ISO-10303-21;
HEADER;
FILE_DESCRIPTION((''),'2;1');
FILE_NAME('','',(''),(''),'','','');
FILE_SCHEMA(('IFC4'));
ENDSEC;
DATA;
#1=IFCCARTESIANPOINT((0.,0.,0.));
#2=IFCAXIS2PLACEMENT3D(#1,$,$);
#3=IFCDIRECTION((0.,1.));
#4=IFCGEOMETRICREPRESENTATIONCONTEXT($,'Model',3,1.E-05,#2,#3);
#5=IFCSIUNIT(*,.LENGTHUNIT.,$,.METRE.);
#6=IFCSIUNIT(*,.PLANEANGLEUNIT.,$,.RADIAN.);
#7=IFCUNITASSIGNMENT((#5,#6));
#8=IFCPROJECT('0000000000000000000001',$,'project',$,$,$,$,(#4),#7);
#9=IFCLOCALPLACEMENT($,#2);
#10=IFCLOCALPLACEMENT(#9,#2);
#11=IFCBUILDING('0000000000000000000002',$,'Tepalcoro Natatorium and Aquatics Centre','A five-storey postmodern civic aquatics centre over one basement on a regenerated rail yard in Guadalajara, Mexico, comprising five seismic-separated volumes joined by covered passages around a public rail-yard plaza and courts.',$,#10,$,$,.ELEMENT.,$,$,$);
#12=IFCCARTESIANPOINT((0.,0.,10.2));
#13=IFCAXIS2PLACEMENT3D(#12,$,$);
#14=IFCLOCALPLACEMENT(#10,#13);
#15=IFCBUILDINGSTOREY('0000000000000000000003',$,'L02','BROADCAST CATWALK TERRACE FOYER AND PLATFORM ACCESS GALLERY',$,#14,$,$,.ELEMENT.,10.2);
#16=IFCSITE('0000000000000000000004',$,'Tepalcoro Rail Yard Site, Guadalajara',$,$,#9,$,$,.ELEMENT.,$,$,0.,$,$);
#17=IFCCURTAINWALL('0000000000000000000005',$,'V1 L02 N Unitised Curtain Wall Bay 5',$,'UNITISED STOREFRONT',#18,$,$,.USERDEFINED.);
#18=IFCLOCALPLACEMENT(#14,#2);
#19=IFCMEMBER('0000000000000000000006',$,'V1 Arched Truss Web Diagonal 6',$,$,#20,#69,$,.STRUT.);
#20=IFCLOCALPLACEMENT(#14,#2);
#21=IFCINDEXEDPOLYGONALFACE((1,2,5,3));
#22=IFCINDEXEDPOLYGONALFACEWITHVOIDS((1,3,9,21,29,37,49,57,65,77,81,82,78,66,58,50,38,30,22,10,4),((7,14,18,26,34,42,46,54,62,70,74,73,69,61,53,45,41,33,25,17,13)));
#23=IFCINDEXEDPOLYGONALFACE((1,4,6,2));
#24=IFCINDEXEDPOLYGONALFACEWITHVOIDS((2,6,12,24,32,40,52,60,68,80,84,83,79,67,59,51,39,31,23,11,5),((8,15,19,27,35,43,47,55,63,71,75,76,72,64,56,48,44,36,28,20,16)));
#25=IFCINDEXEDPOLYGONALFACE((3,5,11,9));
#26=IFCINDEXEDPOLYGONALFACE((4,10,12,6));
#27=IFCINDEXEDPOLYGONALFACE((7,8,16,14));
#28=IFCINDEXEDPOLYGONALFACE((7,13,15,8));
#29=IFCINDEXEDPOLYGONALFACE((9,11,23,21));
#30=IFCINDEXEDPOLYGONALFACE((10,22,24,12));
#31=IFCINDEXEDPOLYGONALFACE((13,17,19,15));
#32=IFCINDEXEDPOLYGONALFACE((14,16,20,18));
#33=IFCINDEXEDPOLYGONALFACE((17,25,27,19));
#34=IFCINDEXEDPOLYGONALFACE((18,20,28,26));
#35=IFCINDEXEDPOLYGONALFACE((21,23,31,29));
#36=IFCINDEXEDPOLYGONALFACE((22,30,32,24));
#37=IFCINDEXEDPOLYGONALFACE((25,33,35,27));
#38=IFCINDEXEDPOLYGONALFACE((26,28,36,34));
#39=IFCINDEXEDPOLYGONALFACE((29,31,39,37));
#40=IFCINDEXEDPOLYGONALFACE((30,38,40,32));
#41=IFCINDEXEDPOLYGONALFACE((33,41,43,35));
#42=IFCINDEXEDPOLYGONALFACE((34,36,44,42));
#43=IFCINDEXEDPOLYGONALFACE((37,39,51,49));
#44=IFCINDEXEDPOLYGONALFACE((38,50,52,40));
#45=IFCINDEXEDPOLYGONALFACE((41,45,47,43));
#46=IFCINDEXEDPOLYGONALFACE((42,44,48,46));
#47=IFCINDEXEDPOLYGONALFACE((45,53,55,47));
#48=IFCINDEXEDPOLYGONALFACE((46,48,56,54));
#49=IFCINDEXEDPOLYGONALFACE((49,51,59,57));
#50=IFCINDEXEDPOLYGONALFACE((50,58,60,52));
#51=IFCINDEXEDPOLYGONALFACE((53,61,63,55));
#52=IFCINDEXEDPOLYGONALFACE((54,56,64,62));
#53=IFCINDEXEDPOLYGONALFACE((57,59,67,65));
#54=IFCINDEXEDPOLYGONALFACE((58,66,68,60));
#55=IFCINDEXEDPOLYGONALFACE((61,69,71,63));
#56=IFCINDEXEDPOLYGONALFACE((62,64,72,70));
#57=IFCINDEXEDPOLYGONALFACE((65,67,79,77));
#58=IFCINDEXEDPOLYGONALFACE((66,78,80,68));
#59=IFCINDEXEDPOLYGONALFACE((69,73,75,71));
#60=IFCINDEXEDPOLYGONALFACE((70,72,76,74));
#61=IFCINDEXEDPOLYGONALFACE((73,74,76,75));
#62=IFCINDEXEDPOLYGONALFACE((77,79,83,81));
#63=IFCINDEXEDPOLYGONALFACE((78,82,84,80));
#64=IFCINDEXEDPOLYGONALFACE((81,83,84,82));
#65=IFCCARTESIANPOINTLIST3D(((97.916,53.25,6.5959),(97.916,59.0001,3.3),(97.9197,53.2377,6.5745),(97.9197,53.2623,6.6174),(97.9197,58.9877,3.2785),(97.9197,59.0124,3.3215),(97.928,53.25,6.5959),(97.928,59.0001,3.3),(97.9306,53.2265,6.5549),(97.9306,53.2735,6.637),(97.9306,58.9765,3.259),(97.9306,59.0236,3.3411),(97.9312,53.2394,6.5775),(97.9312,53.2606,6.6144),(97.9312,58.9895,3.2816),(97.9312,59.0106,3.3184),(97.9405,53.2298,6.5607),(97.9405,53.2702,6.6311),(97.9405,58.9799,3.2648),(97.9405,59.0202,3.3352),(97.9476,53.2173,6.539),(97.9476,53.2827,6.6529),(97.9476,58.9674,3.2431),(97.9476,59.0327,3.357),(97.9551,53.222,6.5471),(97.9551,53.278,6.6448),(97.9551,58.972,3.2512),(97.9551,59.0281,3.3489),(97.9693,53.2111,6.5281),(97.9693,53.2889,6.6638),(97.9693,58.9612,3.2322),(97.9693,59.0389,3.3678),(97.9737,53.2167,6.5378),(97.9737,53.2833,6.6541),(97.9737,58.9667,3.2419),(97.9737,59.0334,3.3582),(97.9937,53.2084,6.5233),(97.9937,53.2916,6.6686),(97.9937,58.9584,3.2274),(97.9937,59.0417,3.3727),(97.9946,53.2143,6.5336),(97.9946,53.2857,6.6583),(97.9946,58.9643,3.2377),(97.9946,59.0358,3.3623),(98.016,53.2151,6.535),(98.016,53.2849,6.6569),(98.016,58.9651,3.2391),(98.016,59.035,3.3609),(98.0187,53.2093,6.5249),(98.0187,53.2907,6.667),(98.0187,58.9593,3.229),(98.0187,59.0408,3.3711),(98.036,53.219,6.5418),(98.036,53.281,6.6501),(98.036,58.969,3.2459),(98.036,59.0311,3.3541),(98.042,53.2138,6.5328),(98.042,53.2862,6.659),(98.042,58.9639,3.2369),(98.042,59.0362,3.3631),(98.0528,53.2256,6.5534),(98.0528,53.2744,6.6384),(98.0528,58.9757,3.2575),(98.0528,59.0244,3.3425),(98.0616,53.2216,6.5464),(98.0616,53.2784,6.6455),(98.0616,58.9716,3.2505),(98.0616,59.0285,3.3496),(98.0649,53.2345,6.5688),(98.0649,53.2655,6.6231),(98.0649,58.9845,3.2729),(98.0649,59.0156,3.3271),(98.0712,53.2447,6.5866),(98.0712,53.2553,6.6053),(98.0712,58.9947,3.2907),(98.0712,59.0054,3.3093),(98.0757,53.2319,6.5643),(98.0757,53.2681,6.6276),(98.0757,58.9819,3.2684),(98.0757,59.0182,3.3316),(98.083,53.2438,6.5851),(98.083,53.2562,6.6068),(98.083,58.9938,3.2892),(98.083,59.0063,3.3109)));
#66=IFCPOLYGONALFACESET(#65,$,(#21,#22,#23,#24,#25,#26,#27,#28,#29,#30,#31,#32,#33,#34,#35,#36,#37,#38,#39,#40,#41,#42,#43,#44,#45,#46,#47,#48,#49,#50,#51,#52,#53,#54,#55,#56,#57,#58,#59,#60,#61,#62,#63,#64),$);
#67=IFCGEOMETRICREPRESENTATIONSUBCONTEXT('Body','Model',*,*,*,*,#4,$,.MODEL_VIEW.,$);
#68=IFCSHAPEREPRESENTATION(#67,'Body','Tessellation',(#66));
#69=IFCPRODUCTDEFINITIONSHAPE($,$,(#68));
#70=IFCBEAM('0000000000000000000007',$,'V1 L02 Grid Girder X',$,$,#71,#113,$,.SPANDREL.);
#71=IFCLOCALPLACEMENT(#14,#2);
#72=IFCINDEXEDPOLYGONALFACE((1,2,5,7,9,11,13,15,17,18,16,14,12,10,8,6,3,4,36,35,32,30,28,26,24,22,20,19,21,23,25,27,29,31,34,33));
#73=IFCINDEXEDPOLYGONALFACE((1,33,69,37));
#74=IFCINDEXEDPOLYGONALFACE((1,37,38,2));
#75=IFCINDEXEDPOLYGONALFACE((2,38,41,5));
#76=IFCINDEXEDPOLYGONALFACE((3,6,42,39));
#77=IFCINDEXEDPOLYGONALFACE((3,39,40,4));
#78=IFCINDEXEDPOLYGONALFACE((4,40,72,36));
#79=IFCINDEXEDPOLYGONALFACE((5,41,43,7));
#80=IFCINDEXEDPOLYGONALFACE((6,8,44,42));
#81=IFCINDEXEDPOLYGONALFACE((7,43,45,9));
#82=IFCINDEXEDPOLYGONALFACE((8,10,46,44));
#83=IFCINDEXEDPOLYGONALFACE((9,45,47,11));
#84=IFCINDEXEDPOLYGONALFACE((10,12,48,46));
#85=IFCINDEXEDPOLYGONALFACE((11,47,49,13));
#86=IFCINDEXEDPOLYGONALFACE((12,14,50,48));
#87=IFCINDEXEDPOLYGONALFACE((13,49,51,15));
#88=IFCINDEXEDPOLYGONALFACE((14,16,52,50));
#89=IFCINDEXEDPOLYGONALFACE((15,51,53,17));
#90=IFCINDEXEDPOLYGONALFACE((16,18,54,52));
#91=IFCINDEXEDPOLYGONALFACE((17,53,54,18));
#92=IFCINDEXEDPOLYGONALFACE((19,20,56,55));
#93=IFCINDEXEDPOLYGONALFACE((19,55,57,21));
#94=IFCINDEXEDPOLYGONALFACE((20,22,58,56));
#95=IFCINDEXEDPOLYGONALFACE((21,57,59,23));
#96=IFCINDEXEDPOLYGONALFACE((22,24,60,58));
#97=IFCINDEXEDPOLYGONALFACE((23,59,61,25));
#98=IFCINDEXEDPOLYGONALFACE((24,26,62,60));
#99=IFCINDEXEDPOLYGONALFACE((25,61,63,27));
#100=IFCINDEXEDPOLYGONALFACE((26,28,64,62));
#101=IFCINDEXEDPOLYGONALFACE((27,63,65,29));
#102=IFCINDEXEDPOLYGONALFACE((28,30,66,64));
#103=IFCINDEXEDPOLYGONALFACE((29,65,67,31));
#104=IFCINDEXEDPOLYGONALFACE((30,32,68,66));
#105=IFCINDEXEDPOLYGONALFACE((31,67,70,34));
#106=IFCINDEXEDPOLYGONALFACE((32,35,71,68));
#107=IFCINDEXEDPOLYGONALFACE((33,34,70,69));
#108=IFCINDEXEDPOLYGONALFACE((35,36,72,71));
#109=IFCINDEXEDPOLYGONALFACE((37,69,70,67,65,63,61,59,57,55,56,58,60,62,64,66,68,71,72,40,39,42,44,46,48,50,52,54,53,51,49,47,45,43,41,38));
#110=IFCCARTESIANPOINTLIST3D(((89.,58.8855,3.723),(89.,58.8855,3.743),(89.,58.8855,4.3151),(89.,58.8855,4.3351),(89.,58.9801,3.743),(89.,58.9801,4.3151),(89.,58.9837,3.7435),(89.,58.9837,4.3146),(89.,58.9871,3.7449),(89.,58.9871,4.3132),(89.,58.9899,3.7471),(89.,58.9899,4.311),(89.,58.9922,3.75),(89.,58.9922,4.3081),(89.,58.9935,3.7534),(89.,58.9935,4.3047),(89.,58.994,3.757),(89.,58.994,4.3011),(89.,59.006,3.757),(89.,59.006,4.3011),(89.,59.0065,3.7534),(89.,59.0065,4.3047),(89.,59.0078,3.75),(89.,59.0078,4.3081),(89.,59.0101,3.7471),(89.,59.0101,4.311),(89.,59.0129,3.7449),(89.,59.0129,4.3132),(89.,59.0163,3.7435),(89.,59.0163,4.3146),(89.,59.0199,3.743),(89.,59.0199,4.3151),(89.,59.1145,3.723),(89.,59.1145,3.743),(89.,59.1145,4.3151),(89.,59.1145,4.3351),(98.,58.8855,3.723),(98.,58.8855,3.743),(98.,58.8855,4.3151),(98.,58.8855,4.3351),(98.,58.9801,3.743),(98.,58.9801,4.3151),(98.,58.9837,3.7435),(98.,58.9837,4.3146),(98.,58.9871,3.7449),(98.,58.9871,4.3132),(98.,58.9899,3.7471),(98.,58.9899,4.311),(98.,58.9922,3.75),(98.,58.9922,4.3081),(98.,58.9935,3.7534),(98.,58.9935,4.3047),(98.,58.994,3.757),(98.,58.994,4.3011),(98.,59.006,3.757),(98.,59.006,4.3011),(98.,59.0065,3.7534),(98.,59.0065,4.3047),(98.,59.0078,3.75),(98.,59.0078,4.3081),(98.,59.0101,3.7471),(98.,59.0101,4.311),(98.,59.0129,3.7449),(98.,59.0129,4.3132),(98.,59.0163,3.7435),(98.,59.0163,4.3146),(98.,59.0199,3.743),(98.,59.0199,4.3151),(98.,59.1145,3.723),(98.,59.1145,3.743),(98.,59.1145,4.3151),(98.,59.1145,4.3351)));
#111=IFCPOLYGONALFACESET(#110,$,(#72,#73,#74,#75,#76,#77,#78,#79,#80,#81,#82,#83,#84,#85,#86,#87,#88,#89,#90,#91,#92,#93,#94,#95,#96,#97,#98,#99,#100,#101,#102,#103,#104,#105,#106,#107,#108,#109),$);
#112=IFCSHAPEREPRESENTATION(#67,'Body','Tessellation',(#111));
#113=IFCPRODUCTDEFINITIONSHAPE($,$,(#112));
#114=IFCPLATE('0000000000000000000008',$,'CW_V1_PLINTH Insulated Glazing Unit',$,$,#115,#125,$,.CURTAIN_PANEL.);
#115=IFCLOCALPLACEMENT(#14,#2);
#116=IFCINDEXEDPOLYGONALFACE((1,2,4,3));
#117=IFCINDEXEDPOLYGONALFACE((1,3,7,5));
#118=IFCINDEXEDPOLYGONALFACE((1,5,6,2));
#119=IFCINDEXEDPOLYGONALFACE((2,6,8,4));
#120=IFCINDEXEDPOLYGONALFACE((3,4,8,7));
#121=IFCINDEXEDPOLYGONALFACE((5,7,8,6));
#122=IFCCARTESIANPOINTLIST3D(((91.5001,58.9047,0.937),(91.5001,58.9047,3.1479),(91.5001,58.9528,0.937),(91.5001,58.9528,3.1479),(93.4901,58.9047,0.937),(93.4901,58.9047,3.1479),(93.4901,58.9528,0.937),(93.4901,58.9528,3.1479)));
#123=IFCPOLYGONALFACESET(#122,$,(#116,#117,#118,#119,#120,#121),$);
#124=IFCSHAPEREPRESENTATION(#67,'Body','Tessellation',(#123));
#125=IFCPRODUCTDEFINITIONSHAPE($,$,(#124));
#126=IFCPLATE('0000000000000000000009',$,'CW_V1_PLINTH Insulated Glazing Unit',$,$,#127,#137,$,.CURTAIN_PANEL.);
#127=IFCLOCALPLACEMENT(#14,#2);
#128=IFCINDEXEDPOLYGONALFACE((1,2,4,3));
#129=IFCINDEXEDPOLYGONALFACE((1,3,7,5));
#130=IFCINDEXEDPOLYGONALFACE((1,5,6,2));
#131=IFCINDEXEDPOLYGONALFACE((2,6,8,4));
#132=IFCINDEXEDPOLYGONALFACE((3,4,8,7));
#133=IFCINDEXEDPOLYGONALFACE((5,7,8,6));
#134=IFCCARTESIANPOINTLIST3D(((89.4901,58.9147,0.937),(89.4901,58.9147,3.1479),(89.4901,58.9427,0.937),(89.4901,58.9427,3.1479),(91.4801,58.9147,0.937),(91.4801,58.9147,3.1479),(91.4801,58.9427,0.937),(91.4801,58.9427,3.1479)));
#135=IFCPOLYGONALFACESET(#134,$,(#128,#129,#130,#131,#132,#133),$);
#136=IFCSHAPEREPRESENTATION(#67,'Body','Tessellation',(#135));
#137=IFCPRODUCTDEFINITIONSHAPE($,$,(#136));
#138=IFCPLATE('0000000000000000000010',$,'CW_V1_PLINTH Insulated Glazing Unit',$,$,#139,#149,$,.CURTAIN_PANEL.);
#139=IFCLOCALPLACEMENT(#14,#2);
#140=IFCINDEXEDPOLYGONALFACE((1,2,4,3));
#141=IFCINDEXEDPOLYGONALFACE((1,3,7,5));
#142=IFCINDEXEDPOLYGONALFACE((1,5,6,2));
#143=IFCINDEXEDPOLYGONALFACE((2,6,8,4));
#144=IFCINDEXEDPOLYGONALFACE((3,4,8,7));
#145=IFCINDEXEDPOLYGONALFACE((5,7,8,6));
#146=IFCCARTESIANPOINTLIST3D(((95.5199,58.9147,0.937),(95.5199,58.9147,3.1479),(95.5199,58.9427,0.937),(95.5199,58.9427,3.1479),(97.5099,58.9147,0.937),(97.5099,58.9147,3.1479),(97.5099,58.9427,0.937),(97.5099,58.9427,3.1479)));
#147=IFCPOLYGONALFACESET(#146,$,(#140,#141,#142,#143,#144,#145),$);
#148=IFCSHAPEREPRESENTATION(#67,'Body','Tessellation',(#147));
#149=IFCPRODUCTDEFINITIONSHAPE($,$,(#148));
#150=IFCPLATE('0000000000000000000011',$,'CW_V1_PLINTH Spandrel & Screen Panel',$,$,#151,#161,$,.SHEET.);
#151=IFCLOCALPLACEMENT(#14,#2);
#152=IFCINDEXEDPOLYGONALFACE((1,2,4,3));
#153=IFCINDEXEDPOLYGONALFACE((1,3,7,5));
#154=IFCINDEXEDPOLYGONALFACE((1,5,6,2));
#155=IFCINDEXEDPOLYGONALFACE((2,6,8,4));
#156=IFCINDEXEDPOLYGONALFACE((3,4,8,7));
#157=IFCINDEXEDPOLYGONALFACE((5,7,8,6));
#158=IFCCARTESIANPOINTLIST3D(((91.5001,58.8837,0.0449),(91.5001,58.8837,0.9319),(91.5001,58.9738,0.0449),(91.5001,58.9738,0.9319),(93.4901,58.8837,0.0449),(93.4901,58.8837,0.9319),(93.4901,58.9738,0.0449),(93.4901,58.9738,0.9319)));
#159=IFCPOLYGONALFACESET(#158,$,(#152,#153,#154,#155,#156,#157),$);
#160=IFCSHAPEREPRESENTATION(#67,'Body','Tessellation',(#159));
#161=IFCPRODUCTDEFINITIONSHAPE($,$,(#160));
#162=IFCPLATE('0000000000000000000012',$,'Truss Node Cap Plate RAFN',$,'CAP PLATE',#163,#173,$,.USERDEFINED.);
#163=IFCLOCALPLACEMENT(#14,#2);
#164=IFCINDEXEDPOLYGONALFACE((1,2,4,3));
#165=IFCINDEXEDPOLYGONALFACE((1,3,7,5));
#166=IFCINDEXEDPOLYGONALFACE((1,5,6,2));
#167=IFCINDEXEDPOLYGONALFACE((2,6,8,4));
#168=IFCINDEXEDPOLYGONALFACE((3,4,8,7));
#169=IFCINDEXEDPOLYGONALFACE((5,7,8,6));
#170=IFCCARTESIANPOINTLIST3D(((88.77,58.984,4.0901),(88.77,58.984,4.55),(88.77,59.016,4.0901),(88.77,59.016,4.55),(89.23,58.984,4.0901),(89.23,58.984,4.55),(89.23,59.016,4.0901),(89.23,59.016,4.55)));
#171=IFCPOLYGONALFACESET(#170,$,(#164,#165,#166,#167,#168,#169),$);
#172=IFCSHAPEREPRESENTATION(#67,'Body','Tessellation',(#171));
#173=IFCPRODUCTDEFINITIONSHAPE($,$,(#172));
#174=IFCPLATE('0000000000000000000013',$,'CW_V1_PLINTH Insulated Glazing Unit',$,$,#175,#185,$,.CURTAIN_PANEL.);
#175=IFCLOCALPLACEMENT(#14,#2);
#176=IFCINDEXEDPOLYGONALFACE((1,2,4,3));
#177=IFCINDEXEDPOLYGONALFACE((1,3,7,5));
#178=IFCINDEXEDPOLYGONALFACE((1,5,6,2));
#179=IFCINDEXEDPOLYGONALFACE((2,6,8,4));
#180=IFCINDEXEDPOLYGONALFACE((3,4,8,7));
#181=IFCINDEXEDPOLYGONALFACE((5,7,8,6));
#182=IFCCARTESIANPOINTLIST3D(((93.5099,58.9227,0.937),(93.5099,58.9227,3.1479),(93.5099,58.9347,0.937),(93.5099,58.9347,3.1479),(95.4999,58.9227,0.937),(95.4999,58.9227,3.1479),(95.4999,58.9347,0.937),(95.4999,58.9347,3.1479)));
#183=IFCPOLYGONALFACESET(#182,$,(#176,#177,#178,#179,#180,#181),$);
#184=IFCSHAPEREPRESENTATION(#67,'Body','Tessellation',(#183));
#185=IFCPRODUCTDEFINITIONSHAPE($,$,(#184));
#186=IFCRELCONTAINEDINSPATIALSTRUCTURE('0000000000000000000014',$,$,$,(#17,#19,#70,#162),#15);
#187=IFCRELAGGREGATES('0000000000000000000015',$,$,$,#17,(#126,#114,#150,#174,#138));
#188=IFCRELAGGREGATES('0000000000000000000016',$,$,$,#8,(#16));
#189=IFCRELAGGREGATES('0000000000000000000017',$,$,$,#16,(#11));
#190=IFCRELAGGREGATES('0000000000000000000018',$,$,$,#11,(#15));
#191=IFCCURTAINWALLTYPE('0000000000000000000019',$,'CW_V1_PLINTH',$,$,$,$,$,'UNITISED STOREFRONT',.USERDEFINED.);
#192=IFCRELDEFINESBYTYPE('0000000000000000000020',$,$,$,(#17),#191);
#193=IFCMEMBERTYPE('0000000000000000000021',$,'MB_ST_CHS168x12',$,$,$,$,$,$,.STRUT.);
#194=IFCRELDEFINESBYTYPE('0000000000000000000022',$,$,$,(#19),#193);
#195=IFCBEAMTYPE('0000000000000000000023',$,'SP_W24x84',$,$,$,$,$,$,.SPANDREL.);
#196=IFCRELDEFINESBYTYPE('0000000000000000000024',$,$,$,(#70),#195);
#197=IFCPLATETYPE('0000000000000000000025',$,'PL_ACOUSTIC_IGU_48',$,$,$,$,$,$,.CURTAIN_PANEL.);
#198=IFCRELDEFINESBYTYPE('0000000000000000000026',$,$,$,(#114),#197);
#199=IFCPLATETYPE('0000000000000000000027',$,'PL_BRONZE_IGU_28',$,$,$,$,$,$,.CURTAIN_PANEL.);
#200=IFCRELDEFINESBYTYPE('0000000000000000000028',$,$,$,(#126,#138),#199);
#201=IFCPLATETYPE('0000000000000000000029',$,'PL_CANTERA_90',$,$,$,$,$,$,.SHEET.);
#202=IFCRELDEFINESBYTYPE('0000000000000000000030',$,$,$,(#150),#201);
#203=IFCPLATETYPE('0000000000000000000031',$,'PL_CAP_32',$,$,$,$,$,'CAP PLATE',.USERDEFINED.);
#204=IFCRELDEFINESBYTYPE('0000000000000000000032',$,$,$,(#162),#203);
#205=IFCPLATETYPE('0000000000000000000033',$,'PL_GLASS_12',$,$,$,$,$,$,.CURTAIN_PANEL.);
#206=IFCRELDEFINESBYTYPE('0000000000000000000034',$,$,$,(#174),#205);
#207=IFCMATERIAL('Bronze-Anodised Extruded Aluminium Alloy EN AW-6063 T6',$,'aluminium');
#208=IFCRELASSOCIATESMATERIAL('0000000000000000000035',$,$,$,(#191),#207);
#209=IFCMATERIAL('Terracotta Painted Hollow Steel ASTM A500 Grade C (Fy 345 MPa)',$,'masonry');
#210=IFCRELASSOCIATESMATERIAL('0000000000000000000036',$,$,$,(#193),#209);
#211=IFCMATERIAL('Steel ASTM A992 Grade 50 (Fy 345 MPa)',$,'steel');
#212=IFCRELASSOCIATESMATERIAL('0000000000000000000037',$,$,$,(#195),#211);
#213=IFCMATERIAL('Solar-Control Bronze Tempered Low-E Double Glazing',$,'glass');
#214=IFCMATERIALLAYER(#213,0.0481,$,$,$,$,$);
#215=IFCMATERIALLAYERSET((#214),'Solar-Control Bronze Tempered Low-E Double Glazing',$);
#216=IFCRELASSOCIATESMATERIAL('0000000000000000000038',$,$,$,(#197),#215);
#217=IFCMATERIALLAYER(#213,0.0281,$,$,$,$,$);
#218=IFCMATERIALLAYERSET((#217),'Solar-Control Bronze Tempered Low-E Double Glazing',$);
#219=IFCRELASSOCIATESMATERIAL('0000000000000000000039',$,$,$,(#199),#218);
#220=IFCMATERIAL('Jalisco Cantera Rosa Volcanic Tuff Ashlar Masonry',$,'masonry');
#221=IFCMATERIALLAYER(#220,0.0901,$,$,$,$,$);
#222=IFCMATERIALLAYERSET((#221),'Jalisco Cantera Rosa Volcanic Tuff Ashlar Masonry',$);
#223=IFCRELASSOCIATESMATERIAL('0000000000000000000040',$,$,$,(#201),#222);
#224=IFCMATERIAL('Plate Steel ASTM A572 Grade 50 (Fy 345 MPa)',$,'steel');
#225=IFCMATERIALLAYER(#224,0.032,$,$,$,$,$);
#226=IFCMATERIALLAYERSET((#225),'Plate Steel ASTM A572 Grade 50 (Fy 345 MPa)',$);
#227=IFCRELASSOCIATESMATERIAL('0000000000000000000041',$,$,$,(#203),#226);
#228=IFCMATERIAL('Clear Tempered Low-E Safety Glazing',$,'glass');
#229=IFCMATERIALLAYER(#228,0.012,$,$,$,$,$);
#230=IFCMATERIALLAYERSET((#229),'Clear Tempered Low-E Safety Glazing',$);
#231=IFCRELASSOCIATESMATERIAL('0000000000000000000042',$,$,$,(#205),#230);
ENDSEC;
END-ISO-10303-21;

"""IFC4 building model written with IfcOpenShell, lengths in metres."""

from ifc_helpers import new_model, si_unit, direction, frame, origin, origin_2d, place, context, subcontext, project, spatial, rectangle, hollow_circle, i_section, extrude, material, layer, layer_set, material_profile, profile_set, type_object, element, aggregate, save


model = new_model("IFC4")

# Units and contexts
model_context = context("Model", 3, precision=1e-05, world=origin(), true_north=direction((0.0, 1.0)))
body_context = subcontext(model_context, "Body", "Model", "MODEL_VIEW")
ifc_project = project(units=[si_unit("LENGTHUNIT", "METRE"), si_unit("PLANEANGLEUNIT", "RADIAN")], contexts=[model_context])

# Site, building, storey
site_placement = place(None, origin())
site = spatial("IfcSite", under=ifc_project, at=site_placement, Name="Tepalcoro Rail Yard Site, Guadalajara", CompositionType="ELEMENT", RefElevation=0.0)
building_placement = place(site_placement, origin())
building = spatial("IfcBuilding", under=site, at=building_placement, Name="Tepalcoro Natatorium and Aquatics Centre", Description="A five-storey postmodern civic aquatics centre over one basement on a regenerated rail yard in Guadalajara, Mexico, comprising five seismic-separated volumes joined by covered passages around a public rail-yard plaza and courts.", CompositionType="ELEMENT")
storey_placement = place(building_placement, frame((0.0, 0.0, 10.2)))
storey = spatial("IfcBuildingStorey", under=building, at=storey_placement, Name="L02", Description="BROADCAST CATWALK TERRACE FOYER AND PLATFORM ACCESS GALLERY", CompositionType="ELEMENT", Elevation=10.2)

# Shared definitions
ifc_material_1 = material(Name="Steel ASTM A992 Grade 50 (Fy 345 MPa)", Category="steel")

# Shared definitions
ifc_material_2 = material(Name="Terracotta Painted Hollow Steel ASTM A500 Grade C (Fy 345 MPa)", Category="masonry")

# Curtain wall
ifc_material_3 = material(Name="Bronze-Anodised Extruded Aluminium Alloy EN AW-6063 T6", Category="aluminium")
curtain_wall_type_1 = type_object("IfcCurtainWallType", Name="CW_V1_PLINTH", ElementType="UNITISED STOREFRONT", PredefinedType="USERDEFINED", material=ifc_material_3)
curtain_wall_1_placement = place(storey_placement, origin())
curtain_wall_1 = element("IfcCurtainWall", 1, at=curtain_wall_1_placement, inside=storey, type_object=curtain_wall_type_1, Name="V1 L02 N Unitised Curtain Wall Bay 5", ObjectType="UNITISED STOREFRONT", PredefinedType="USERDEFINED")

# Member
ifc_material_profile_1 = material_profile(ifc_material_2, hollow_circle(Radius=0.084, WallThickness=0.012, at=origin_2d()), Name="CHS168X12")
ifc_profile_set_1 = profile_set([ifc_material_profile_1], Name="Terracotta Painted Hollow Steel ASTM A500 Grade C (Fy 345 MPa)")
member_type_1 = type_object("IfcMemberType", Name="MB_ST_CHS168x12", PredefinedType="STRUT", material=ifc_profile_set_1)
member_1_placement = place(storey_placement, frame((98.0, 53.25, 6.5959), z_axis=(0.0, 0.86758, -0.497297), x_axis=(-1.0, 0.0, 0.0)))
element("IfcMember", 2, at=member_1_placement, inside=storey, type_object=member_type_1, Name="V1 Arched Truss Web Diagonal 6", PredefinedType="STRUT", context=body_context, shape_type="SweptSolid", body=[
    extrude(hollow_circle(Radius=0.084, WallThickness=0.012, at=origin_2d()), origin(), (0.0, 0.0, 1.0), 6.6277),
])

# Beam
ifc_material_profile_2 = material_profile(ifc_material_1, i_section(OverallWidth=0.229, OverallDepth=0.6121, WebThickness=0.012, FlangeThickness=0.02, FilletRadius=0.0139, at=origin_2d()), Name="W24X84")
ifc_profile_set_2 = profile_set([ifc_material_profile_2], Name="Steel ASTM A992 Grade 50 (Fy 345 MPa)")
beam_type_1 = type_object("IfcBeamType", Name="SP_W24x84", PredefinedType="SPANDREL", material=ifc_profile_set_2)
beam_1_placement = place(storey_placement, frame((89.0, 59.0, 4.0291), z_axis=(1.0, 0.0, 0.0), x_axis=(0.0, 1.0, 0.0)))
element("IfcBeam", 3, at=beam_1_placement, inside=storey, type_object=beam_type_1, Name="V1 L02 Grid Girder X", PredefinedType="SPANDREL", context=body_context, shape_type="SweptSolid", body=[
    extrude(i_section(OverallWidth=0.229, OverallDepth=0.6121, WebThickness=0.012, FlangeThickness=0.02, FilletRadius=0.0139, at=origin_2d()), origin(), (0.0, 0.0, 1.0), 9.0),
])

# Plates
ifc_material_4 = material(Name="Solar-Control Bronze Tempered Low-E Double Glazing", Category="glass")
ifc_layer_1 = layer(ifc_material_4, 0.0481)
ifc_layer_set_1 = layer_set([ifc_layer_1], Name="Solar-Control Bronze Tempered Low-E Double Glazing")
plate_type_1 = type_object("IfcPlateType", Name="PL_ACOUSTIC_IGU_48", PredefinedType="CURTAIN_PANEL", material=ifc_layer_set_1)
plate_1_placement = place(storey_placement, frame((92.4951, 58.9287, 0.937), z_axis=(0.0, 0.0, 1.0), x_axis=(1.0, 0.0, 0.0)))
plate_1 = element("IfcPlate", 4, at=plate_1_placement, type_object=plate_type_1, Name="CW_V1_PLINTH Insulated Glazing Unit", PredefinedType="CURTAIN_PANEL", context=body_context, shape_type="SweptSolid", body=[
    extrude(rectangle(XDim=1.99, YDim=0.0481, at=origin_2d()), origin(), (0.0, 0.0, 1.0), 2.2109),
])
ifc_layer_2 = layer(ifc_material_4, 0.0281)
ifc_layer_set_2 = layer_set([ifc_layer_2], Name="Solar-Control Bronze Tempered Low-E Double Glazing")
plate_type_2 = type_object("IfcPlateType", Name="PL_BRONZE_IGU_28", PredefinedType="CURTAIN_PANEL", material=ifc_layer_set_2)
plate_2_placement = place(storey_placement, frame((90.4851, 58.9287, 0.937), z_axis=(0.0, 0.0, 1.0), x_axis=(1.0, 0.0, 0.0)))
plate_2 = element("IfcPlate", 5, at=plate_2_placement, type_object=plate_type_2, Name="CW_V1_PLINTH Insulated Glazing Unit", PredefinedType="CURTAIN_PANEL", context=body_context, shape_type="SweptSolid", body=[
    extrude(rectangle(XDim=1.99, YDim=0.0281, at=origin_2d()), origin(), (0.0, 0.0, 1.0), 2.2109),
])
plate_3_placement = place(storey_placement, frame((96.5149, 58.9287, 0.937), z_axis=(0.0, 0.0, 1.0), x_axis=(1.0, 0.0, 0.0)))
plate_3 = element("IfcPlate", 6, at=plate_3_placement, type_object=plate_type_2, Name="CW_V1_PLINTH Insulated Glazing Unit", PredefinedType="CURTAIN_PANEL", context=body_context, shape_type="SweptSolid", body=[
    extrude(rectangle(XDim=1.99, YDim=0.0281, at=origin_2d()), origin(), (0.0, 0.0, 1.0), 2.2109),
])
ifc_material_5 = material(Name="Jalisco Cantera Rosa Volcanic Tuff Ashlar Masonry", Category="masonry")
ifc_layer_3 = layer(ifc_material_5, 0.0901)
ifc_layer_set_3 = layer_set([ifc_layer_3], Name="Jalisco Cantera Rosa Volcanic Tuff Ashlar Masonry")
plate_type_3 = type_object("IfcPlateType", Name="PL_CANTERA_90", PredefinedType="SHEET", material=ifc_layer_set_3)
plate_4_placement = place(storey_placement, frame((92.4951, 58.9287, 0.0449), z_axis=(0.0, 0.0, 1.0), x_axis=(1.0, 0.0, 0.0)))
plate_4 = element("IfcPlate", 7, at=plate_4_placement, type_object=plate_type_3, Name="CW_V1_PLINTH Spandrel & Screen Panel", PredefinedType="SHEET", context=body_context, shape_type="SweptSolid", body=[
    extrude(rectangle(XDim=1.99, YDim=0.0901, at=origin_2d()), origin(), (0.0, 0.0, 1.0), 0.887),
])
ifc_material_6 = material(Name="Plate Steel ASTM A572 Grade 50 (Fy 345 MPa)", Category="steel")
ifc_layer_4 = layer(ifc_material_6, 0.032)
ifc_layer_set_4 = layer_set([ifc_layer_4], Name="Plate Steel ASTM A572 Grade 50 (Fy 345 MPa)")
plate_type_4 = type_object("IfcPlateType", Name="PL_CAP_32", ElementType="CAP PLATE", PredefinedType="USERDEFINED", material=ifc_layer_set_4)
plate_5_placement = place(storey_placement, frame((89.0, 59.0, 4.0901), z_axis=(0.0, 0.0, 1.0), x_axis=(1.0, 0.0, 0.0)))
element("IfcPlate", 8, at=plate_5_placement, inside=storey, type_object=plate_type_4, Name="Truss Node Cap Plate RAFN", ObjectType="CAP PLATE", PredefinedType="USERDEFINED", context=body_context, shape_type="SweptSolid", body=[
    extrude(rectangle(XDim=0.46, YDim=0.032, at=origin_2d()), origin(), (0.0, 0.0, 1.0), 0.46),
])
ifc_material_7 = material(Name="Clear Tempered Low-E Safety Glazing", Category="glass")
ifc_layer_5 = layer(ifc_material_7, 0.012)
ifc_layer_set_5 = layer_set([ifc_layer_5], Name="Clear Tempered Low-E Safety Glazing")
plate_type_5 = type_object("IfcPlateType", Name="PL_GLASS_12", PredefinedType="CURTAIN_PANEL", material=ifc_layer_set_5)
plate_6_placement = place(storey_placement, frame((94.5049, 58.9287, 0.937), z_axis=(0.0, 0.0, 1.0), x_axis=(1.0, 0.0, 0.0)))
plate_6 = element("IfcPlate", 9, at=plate_6_placement, type_object=plate_type_5, Name="CW_V1_PLINTH Insulated Glazing Unit", PredefinedType="CURTAIN_PANEL", context=body_context, shape_type="SweptSolid", body=[
    extrude(rectangle(XDim=1.99, YDim=0.012, at=origin_2d()), origin(), (0.0, 0.0, 1.0), 2.2109),
])

aggregate(curtain_wall_1, [plate_2, plate_1, plate_4, plate_6, plate_3])

save(model, "model.ifc")
